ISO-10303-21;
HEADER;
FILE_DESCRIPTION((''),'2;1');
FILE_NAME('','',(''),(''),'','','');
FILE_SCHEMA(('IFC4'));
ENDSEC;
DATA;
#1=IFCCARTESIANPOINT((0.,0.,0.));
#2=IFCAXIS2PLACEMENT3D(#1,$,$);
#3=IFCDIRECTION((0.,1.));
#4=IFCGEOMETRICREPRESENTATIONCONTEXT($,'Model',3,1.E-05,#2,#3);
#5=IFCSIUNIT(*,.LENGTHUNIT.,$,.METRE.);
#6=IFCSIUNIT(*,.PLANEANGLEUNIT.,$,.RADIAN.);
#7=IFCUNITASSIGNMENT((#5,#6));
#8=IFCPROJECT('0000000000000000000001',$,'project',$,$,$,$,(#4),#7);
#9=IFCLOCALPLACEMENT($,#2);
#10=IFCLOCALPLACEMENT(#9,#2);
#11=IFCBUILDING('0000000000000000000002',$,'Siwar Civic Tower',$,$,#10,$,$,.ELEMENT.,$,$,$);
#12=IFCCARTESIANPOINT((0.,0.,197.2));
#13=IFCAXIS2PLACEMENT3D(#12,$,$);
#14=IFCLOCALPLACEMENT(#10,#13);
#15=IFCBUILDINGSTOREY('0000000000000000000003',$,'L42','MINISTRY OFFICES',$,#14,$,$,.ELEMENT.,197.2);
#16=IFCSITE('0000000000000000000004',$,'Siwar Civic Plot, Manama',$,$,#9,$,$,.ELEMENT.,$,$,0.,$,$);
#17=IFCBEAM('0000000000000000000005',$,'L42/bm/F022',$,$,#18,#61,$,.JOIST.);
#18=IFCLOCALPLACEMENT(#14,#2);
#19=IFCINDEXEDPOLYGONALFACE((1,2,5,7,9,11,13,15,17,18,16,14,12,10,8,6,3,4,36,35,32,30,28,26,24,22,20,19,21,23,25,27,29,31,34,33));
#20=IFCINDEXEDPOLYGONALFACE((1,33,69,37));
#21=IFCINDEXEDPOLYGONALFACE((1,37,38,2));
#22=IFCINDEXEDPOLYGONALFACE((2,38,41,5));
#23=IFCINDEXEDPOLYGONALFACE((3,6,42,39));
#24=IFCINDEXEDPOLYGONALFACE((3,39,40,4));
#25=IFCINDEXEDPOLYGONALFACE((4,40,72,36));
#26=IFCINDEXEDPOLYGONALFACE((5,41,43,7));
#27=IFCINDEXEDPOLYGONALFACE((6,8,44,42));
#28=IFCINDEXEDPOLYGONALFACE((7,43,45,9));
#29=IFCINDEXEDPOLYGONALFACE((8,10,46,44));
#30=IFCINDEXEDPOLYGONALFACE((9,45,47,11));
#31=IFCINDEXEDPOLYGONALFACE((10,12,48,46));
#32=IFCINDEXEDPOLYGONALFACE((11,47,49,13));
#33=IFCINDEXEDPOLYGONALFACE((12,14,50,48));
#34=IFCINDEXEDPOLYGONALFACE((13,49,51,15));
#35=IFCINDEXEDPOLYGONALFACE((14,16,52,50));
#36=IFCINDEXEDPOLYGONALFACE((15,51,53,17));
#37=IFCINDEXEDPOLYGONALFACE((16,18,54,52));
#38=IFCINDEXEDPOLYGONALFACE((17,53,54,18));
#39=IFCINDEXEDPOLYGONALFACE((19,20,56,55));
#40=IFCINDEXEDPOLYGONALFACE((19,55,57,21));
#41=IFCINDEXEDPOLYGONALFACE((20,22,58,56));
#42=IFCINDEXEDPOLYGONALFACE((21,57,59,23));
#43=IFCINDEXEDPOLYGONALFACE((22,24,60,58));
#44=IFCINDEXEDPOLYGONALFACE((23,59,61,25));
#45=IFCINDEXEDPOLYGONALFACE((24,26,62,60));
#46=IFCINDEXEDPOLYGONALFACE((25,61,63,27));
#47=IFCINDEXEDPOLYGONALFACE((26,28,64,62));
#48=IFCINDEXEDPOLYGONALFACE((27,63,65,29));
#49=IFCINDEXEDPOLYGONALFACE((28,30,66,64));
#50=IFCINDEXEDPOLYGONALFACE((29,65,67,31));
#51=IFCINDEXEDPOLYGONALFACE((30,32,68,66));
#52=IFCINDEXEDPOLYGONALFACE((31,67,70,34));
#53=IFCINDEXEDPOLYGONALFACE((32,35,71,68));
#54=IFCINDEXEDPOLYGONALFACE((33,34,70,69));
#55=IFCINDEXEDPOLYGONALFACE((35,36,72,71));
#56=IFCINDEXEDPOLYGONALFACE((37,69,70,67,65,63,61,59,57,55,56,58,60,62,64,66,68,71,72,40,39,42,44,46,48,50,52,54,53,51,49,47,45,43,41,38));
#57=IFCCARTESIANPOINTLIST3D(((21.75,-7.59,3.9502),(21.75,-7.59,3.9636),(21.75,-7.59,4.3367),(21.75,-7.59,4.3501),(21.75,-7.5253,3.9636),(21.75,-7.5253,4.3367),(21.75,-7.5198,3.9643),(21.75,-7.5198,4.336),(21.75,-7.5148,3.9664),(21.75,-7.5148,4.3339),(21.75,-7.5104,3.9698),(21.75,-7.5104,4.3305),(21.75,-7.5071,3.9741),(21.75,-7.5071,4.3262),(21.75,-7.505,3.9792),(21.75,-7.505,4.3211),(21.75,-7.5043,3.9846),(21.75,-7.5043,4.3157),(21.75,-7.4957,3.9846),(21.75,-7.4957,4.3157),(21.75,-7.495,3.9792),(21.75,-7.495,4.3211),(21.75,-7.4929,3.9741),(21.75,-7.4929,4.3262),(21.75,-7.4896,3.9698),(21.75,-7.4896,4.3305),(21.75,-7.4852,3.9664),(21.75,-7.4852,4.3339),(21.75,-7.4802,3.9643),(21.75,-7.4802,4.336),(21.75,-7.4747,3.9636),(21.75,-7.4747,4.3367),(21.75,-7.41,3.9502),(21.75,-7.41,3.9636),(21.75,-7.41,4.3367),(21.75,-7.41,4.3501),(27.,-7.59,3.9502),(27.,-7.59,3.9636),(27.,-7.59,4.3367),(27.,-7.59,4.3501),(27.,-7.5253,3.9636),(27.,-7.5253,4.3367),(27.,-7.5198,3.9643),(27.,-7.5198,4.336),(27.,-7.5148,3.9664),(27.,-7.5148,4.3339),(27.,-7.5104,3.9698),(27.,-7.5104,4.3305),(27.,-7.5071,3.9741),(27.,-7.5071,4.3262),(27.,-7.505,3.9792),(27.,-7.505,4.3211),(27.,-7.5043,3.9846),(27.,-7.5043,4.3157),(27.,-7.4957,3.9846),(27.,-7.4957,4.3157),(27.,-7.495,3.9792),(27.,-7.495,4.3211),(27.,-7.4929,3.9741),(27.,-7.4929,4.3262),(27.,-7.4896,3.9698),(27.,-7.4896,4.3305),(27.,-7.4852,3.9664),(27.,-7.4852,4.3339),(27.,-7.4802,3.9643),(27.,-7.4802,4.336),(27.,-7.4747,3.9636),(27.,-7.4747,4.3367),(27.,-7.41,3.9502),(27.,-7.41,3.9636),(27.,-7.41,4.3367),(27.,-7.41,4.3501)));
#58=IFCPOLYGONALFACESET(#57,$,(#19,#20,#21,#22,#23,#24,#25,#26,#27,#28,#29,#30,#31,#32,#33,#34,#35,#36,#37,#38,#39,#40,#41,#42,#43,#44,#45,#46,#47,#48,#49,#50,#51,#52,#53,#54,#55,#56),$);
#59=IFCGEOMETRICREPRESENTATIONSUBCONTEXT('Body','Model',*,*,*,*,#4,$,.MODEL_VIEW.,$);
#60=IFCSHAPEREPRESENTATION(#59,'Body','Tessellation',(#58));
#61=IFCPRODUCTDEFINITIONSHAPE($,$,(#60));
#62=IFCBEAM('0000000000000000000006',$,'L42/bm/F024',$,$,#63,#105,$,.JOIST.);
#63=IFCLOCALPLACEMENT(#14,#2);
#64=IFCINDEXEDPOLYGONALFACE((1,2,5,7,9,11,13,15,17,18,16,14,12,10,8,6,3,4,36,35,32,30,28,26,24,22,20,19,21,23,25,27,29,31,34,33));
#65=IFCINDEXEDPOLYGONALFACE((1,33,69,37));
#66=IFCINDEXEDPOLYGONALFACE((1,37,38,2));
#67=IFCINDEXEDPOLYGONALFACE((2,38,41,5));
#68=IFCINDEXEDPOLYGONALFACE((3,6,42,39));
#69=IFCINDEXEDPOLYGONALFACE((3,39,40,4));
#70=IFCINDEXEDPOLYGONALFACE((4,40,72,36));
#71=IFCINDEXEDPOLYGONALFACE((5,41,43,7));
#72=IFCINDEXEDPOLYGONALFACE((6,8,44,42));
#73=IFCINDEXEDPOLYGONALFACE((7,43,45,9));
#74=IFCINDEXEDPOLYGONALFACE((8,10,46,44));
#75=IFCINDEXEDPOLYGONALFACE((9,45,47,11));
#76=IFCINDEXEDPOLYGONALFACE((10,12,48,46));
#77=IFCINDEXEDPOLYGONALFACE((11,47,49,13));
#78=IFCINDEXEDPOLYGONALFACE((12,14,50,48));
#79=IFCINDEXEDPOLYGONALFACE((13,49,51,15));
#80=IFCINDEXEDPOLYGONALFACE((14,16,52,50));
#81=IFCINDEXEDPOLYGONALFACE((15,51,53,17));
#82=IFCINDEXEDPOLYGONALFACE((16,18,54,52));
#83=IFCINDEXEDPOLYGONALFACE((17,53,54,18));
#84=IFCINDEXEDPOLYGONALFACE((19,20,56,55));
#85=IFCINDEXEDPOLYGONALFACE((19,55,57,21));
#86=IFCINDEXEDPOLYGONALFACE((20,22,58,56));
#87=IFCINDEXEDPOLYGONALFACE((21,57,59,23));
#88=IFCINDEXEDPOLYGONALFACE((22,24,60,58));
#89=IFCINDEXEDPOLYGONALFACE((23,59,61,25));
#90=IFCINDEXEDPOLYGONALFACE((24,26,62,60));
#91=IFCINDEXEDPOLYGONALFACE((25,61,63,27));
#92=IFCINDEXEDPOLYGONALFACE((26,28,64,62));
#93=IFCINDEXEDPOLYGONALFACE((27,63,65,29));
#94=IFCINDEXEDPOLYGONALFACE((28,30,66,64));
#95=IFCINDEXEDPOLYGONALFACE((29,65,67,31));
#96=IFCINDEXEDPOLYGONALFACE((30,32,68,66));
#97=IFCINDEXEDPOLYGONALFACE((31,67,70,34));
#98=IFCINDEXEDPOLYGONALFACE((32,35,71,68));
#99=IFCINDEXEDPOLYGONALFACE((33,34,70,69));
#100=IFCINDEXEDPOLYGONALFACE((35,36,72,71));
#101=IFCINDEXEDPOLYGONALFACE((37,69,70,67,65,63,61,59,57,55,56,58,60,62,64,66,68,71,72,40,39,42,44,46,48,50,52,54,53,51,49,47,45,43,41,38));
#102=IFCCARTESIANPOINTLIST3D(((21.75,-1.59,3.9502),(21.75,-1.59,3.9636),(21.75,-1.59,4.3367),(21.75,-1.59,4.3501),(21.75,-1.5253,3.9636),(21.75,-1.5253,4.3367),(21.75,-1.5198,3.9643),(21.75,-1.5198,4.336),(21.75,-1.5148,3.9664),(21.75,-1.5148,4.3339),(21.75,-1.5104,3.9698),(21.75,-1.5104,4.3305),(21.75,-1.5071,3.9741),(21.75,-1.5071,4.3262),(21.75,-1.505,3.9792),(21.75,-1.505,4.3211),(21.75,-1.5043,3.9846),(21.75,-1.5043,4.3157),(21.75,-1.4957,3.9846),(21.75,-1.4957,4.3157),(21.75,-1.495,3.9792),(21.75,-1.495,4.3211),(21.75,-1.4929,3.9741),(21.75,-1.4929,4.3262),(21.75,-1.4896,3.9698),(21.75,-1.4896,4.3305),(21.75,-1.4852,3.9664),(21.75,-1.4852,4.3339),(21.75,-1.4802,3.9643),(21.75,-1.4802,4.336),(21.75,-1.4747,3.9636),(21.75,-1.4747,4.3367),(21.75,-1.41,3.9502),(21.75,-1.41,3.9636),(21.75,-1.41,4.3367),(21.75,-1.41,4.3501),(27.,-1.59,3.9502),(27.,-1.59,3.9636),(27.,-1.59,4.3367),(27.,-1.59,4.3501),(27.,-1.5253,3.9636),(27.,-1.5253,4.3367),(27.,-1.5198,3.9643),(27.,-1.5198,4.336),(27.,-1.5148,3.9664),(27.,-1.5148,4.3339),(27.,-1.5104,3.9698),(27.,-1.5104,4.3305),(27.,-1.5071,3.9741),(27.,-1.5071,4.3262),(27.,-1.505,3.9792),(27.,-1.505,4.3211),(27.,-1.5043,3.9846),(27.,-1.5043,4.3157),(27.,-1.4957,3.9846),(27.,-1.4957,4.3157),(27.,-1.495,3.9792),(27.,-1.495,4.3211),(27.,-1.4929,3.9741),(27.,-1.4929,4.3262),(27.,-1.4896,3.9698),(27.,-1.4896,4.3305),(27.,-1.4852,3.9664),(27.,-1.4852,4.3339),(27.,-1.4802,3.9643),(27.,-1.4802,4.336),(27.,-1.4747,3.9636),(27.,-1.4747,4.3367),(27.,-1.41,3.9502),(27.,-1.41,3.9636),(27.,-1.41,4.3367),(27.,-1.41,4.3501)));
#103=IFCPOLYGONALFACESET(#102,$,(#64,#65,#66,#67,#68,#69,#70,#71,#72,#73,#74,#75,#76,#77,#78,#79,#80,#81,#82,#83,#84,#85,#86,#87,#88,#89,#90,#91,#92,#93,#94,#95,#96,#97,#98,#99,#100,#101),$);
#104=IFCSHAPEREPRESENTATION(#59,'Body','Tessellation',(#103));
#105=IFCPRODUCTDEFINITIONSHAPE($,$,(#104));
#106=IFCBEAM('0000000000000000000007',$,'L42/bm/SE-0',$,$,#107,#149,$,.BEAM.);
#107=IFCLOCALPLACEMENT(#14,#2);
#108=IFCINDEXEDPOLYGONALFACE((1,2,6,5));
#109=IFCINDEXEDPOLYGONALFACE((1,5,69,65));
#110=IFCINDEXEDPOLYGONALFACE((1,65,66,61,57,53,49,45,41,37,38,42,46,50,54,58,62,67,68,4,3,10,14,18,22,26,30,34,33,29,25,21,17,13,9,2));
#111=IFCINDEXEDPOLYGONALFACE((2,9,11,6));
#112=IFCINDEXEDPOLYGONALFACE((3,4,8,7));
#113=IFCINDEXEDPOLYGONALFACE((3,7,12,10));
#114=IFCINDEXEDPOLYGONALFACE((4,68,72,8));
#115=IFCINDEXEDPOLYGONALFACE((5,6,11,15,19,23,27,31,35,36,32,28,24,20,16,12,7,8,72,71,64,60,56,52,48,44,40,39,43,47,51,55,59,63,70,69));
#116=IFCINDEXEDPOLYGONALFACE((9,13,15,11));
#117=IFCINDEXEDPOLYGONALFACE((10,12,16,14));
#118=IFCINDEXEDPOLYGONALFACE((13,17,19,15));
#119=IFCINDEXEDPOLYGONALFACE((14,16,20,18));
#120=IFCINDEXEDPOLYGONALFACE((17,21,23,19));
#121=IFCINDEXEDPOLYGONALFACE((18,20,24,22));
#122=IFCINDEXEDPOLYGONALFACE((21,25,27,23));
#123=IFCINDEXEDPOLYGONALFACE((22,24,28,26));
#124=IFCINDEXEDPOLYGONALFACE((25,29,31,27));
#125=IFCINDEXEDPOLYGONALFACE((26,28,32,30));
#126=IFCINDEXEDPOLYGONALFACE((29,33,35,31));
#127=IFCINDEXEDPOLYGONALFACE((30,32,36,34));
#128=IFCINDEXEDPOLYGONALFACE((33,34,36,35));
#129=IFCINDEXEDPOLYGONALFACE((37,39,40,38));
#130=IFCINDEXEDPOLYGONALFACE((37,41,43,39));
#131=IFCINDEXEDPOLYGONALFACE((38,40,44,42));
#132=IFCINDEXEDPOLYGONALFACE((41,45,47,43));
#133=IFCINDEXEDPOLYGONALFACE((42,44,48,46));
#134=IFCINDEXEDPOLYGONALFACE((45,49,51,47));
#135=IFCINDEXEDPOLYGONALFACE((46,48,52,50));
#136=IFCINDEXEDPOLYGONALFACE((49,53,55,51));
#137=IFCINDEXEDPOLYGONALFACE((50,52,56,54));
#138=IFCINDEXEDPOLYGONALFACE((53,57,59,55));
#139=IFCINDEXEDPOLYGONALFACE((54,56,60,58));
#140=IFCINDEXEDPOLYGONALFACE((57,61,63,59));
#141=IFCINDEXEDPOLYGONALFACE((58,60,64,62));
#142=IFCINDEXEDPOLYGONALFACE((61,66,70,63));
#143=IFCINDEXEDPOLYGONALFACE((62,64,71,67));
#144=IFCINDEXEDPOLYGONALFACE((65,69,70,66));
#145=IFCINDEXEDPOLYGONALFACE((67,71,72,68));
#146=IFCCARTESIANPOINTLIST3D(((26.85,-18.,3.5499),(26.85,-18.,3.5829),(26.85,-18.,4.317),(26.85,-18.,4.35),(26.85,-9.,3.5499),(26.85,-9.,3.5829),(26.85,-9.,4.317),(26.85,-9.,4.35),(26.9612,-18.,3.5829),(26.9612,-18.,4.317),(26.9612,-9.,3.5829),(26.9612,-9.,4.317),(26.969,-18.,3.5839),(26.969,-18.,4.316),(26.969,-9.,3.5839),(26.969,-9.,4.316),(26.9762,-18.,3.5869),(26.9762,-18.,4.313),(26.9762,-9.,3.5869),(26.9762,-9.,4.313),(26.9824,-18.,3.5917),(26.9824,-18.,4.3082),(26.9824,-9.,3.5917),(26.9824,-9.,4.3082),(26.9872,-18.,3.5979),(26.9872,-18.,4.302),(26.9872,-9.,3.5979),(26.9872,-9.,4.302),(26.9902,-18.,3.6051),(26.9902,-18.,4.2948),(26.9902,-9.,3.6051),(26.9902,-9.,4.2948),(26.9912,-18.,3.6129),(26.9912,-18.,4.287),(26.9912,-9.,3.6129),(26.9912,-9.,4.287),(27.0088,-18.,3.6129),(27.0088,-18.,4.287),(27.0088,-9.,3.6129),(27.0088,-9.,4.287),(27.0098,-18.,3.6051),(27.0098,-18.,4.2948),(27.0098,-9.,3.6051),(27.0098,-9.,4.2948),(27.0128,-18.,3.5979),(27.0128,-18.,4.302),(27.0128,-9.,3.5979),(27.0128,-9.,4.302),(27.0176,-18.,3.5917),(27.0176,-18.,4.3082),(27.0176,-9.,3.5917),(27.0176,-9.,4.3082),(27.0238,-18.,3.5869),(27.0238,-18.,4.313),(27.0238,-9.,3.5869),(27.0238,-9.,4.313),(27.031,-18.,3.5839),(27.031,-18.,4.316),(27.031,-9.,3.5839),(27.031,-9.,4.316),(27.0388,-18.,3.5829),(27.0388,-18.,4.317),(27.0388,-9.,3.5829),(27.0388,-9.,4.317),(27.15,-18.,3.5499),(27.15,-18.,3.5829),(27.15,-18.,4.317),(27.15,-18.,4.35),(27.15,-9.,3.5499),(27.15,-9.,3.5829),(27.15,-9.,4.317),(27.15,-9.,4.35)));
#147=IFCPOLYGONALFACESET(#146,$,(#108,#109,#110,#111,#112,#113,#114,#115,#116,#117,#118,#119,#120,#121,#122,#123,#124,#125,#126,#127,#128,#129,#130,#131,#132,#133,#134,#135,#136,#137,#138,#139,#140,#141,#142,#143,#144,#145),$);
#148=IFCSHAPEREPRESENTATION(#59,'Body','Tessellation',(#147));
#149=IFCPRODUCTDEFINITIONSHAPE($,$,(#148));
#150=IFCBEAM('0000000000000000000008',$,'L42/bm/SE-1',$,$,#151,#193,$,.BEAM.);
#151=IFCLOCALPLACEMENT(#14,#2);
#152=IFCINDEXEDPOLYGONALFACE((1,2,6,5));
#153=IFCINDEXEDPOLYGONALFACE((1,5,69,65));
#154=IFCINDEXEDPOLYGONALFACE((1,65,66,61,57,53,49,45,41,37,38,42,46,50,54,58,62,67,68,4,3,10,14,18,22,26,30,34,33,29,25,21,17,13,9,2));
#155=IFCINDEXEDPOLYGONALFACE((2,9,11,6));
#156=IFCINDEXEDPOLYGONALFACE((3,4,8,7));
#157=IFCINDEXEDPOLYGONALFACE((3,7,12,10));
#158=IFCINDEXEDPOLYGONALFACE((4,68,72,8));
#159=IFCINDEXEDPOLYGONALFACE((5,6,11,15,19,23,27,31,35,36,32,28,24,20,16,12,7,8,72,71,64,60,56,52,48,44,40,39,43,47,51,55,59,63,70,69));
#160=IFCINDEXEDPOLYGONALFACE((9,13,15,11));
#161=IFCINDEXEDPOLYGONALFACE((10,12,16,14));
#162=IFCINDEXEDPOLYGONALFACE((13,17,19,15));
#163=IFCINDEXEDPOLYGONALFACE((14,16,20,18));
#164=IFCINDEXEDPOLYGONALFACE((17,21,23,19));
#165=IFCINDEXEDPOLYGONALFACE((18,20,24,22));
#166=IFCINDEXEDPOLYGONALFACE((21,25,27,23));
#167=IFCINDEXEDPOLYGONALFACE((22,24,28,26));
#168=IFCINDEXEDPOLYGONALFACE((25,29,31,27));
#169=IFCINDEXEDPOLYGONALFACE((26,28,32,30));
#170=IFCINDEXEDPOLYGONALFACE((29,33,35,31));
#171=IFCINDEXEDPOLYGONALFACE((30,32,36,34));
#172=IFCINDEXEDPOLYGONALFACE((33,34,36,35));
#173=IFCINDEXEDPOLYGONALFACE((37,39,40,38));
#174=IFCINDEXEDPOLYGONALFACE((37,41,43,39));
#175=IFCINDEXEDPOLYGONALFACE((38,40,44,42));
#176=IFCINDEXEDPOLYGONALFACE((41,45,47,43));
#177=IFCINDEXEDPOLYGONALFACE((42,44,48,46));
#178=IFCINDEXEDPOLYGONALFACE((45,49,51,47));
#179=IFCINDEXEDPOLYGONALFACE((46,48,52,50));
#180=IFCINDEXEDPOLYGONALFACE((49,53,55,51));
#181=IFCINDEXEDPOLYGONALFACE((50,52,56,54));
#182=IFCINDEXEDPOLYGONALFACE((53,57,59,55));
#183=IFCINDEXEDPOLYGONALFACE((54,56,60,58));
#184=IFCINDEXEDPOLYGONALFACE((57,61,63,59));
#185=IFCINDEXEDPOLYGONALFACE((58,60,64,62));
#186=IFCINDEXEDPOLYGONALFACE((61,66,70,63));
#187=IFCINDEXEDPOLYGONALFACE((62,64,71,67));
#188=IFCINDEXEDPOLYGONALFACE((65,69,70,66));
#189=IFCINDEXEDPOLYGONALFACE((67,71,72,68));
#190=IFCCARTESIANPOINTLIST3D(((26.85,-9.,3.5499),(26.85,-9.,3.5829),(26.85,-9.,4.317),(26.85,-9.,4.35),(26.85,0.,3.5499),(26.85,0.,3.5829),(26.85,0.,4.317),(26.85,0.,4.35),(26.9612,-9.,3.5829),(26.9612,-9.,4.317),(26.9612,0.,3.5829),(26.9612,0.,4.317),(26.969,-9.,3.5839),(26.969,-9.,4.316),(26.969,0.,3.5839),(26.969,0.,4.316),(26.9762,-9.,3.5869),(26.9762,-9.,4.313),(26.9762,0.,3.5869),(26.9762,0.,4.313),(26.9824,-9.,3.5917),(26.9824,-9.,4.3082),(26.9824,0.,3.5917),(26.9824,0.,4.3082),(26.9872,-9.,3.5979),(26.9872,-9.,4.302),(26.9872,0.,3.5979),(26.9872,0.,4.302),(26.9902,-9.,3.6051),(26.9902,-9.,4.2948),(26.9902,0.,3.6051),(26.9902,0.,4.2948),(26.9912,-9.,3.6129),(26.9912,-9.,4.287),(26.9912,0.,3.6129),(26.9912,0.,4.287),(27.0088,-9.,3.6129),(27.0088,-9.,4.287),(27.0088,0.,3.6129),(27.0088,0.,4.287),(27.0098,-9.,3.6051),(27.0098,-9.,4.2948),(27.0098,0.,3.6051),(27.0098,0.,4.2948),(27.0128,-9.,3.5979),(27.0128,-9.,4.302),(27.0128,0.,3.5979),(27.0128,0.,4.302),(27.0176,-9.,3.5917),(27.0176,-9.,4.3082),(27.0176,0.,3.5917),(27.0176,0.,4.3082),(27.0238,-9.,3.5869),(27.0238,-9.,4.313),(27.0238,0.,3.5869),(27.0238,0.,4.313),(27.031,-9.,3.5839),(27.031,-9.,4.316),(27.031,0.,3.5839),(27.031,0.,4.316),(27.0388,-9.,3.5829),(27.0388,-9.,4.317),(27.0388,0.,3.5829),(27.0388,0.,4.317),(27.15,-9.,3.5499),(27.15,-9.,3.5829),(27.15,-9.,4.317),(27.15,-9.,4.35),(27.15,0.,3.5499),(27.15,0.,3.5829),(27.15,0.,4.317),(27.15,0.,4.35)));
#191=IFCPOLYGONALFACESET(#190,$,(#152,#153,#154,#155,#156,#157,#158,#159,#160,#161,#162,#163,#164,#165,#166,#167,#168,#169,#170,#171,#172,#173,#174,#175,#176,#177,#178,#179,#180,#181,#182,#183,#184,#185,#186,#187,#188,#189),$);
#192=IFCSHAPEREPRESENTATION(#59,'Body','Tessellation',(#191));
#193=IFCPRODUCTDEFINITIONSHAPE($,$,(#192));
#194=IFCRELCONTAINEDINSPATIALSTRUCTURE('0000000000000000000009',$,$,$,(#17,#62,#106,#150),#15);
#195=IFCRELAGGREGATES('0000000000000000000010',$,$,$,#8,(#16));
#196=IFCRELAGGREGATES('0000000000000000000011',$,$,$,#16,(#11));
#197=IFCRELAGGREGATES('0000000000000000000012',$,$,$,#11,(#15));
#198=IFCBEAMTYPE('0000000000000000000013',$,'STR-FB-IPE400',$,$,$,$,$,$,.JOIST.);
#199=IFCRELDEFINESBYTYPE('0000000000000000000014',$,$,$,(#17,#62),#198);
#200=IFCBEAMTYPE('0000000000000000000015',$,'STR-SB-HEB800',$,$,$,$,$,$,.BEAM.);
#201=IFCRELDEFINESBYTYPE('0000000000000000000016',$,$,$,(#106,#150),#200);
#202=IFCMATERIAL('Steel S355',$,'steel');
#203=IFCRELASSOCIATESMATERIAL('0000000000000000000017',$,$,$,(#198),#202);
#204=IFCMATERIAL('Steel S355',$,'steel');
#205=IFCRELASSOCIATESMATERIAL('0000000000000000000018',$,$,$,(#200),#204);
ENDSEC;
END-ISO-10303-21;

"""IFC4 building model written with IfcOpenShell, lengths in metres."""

from ifc_helpers import new_model, si_unit, direction, frame, origin, origin_2d, place, context, subcontext, project, spatial, i_section, extrude, material, material_profile, profile_set, type_object, element, save


model = new_model("IFC4")

# Units and contexts
model_context = context("Model", 3, precision=1e-05, world=origin(), true_north=direction((0.0, 1.0)))
body_context = subcontext(model_context, "Body", "Model", "MODEL_VIEW")
ifc_project = project(units=[si_unit("LENGTHUNIT", "METRE"), si_unit("PLANEANGLEUNIT", "RADIAN")], contexts=[model_context])

# Site, building, storey
site_placement = place(None, origin())
site = spatial("IfcSite", under=ifc_project, at=site_placement, Name="Siwar Civic Plot, Manama", CompositionType="ELEMENT", RefElevation=0.0)
building_placement = place(site_placement, origin())
building = spatial("IfcBuilding", under=site, at=building_placement, Name="Siwar Civic Tower", CompositionType="ELEMENT")
storey_placement = place(building_placement, frame((0.0, 0.0, 197.2)))
storey = spatial("IfcBuildingStorey", under=building, at=storey_placement, Name="L42", Description="MINISTRY OFFICES", CompositionType="ELEMENT", Elevation=197.2)

# Beams
ifc_material_1 = material(Name="Steel S355", Category="steel")
ifc_material_profile_1 = material_profile(ifc_material_1, i_section(OverallWidth=0.1799, OverallDepth=0.3999, WebThickness=0.0085, FlangeThickness=0.0134, FilletRadius=0.021, at=origin_2d()), Name="IPE400")
ifc_profile_set_1 = profile_set([ifc_material_profile_1], Name="Steel S355")
beam_type_1 = type_object("IfcBeamType", Name="STR-FB-IPE400", PredefinedType="JOIST", material=ifc_profile_set_1)
for number, where, z_axis, x_axis, name in (
    (1, (21.75, -7.5, 4.1501), (1.0, 0.0, 0.0), (0.0, 1.0, 0.0), "L42/bm/F022"),
    (2, (21.75, -1.5, 4.1501), (1.0, 0.0, 0.0), (0.0, 1.0, 0.0), "L42/bm/F024"),
):
    element("IfcBeam", number, at=place(storey_placement, frame(where, z_axis=z_axis, x_axis=x_axis)), inside=storey, type_object=beam_type_1, Name=name, PredefinedType="JOIST", context=body_context, shape_type="SweptSolid", body=[
        extrude(i_section(OverallWidth=0.1799, OverallDepth=0.3999, WebThickness=0.0085, FlangeThickness=0.0134, FilletRadius=0.021, at=origin_2d()), origin(), (0.0, 0.0, 1.0), 5.25),
    ])
ifc_material_2 = material(Name="Steel S355", Category="steel")
ifc_material_profile_2 = material_profile(ifc_material_2, i_section(OverallWidth=0.3, OverallDepth=0.8, WebThickness=0.0176, FlangeThickness=0.033, FilletRadius=0.03, at=origin_2d()), Name="HEB800")
ifc_profile_set_2 = profile_set([ifc_material_profile_2], Name="Steel S355")
beam_type_2 = type_object("IfcBeamType", Name="STR-SB-HEB800", PredefinedType="BEAM", material=ifc_profile_set_2)
for number, where, z_axis, x_axis, name in (
    (3, (27.0, -18.0, 3.95), (0.0, 1.0, 0.0), (-1.0, 0.0, 0.0), "L42/bm/SE-0"),
    (4, (27.0, -9.0, 3.95), (0.0, 1.0, 0.0), (-1.0, 0.0, 0.0), "L42/bm/SE-1"),
):
    element("IfcBeam", number, at=place(storey_placement, frame(where, z_axis=z_axis, x_axis=x_axis)), inside=storey, type_object=beam_type_2, Name=name, PredefinedType="BEAM", context=body_context, shape_type="SweptSolid", body=[
        extrude(i_section(OverallWidth=0.3, OverallDepth=0.8, WebThickness=0.0176, FlangeThickness=0.033, FilletRadius=0.03, at=origin_2d()), origin(), (0.0, 0.0, 1.0), 9.0),
    ])

save(model, "model.ifc")
